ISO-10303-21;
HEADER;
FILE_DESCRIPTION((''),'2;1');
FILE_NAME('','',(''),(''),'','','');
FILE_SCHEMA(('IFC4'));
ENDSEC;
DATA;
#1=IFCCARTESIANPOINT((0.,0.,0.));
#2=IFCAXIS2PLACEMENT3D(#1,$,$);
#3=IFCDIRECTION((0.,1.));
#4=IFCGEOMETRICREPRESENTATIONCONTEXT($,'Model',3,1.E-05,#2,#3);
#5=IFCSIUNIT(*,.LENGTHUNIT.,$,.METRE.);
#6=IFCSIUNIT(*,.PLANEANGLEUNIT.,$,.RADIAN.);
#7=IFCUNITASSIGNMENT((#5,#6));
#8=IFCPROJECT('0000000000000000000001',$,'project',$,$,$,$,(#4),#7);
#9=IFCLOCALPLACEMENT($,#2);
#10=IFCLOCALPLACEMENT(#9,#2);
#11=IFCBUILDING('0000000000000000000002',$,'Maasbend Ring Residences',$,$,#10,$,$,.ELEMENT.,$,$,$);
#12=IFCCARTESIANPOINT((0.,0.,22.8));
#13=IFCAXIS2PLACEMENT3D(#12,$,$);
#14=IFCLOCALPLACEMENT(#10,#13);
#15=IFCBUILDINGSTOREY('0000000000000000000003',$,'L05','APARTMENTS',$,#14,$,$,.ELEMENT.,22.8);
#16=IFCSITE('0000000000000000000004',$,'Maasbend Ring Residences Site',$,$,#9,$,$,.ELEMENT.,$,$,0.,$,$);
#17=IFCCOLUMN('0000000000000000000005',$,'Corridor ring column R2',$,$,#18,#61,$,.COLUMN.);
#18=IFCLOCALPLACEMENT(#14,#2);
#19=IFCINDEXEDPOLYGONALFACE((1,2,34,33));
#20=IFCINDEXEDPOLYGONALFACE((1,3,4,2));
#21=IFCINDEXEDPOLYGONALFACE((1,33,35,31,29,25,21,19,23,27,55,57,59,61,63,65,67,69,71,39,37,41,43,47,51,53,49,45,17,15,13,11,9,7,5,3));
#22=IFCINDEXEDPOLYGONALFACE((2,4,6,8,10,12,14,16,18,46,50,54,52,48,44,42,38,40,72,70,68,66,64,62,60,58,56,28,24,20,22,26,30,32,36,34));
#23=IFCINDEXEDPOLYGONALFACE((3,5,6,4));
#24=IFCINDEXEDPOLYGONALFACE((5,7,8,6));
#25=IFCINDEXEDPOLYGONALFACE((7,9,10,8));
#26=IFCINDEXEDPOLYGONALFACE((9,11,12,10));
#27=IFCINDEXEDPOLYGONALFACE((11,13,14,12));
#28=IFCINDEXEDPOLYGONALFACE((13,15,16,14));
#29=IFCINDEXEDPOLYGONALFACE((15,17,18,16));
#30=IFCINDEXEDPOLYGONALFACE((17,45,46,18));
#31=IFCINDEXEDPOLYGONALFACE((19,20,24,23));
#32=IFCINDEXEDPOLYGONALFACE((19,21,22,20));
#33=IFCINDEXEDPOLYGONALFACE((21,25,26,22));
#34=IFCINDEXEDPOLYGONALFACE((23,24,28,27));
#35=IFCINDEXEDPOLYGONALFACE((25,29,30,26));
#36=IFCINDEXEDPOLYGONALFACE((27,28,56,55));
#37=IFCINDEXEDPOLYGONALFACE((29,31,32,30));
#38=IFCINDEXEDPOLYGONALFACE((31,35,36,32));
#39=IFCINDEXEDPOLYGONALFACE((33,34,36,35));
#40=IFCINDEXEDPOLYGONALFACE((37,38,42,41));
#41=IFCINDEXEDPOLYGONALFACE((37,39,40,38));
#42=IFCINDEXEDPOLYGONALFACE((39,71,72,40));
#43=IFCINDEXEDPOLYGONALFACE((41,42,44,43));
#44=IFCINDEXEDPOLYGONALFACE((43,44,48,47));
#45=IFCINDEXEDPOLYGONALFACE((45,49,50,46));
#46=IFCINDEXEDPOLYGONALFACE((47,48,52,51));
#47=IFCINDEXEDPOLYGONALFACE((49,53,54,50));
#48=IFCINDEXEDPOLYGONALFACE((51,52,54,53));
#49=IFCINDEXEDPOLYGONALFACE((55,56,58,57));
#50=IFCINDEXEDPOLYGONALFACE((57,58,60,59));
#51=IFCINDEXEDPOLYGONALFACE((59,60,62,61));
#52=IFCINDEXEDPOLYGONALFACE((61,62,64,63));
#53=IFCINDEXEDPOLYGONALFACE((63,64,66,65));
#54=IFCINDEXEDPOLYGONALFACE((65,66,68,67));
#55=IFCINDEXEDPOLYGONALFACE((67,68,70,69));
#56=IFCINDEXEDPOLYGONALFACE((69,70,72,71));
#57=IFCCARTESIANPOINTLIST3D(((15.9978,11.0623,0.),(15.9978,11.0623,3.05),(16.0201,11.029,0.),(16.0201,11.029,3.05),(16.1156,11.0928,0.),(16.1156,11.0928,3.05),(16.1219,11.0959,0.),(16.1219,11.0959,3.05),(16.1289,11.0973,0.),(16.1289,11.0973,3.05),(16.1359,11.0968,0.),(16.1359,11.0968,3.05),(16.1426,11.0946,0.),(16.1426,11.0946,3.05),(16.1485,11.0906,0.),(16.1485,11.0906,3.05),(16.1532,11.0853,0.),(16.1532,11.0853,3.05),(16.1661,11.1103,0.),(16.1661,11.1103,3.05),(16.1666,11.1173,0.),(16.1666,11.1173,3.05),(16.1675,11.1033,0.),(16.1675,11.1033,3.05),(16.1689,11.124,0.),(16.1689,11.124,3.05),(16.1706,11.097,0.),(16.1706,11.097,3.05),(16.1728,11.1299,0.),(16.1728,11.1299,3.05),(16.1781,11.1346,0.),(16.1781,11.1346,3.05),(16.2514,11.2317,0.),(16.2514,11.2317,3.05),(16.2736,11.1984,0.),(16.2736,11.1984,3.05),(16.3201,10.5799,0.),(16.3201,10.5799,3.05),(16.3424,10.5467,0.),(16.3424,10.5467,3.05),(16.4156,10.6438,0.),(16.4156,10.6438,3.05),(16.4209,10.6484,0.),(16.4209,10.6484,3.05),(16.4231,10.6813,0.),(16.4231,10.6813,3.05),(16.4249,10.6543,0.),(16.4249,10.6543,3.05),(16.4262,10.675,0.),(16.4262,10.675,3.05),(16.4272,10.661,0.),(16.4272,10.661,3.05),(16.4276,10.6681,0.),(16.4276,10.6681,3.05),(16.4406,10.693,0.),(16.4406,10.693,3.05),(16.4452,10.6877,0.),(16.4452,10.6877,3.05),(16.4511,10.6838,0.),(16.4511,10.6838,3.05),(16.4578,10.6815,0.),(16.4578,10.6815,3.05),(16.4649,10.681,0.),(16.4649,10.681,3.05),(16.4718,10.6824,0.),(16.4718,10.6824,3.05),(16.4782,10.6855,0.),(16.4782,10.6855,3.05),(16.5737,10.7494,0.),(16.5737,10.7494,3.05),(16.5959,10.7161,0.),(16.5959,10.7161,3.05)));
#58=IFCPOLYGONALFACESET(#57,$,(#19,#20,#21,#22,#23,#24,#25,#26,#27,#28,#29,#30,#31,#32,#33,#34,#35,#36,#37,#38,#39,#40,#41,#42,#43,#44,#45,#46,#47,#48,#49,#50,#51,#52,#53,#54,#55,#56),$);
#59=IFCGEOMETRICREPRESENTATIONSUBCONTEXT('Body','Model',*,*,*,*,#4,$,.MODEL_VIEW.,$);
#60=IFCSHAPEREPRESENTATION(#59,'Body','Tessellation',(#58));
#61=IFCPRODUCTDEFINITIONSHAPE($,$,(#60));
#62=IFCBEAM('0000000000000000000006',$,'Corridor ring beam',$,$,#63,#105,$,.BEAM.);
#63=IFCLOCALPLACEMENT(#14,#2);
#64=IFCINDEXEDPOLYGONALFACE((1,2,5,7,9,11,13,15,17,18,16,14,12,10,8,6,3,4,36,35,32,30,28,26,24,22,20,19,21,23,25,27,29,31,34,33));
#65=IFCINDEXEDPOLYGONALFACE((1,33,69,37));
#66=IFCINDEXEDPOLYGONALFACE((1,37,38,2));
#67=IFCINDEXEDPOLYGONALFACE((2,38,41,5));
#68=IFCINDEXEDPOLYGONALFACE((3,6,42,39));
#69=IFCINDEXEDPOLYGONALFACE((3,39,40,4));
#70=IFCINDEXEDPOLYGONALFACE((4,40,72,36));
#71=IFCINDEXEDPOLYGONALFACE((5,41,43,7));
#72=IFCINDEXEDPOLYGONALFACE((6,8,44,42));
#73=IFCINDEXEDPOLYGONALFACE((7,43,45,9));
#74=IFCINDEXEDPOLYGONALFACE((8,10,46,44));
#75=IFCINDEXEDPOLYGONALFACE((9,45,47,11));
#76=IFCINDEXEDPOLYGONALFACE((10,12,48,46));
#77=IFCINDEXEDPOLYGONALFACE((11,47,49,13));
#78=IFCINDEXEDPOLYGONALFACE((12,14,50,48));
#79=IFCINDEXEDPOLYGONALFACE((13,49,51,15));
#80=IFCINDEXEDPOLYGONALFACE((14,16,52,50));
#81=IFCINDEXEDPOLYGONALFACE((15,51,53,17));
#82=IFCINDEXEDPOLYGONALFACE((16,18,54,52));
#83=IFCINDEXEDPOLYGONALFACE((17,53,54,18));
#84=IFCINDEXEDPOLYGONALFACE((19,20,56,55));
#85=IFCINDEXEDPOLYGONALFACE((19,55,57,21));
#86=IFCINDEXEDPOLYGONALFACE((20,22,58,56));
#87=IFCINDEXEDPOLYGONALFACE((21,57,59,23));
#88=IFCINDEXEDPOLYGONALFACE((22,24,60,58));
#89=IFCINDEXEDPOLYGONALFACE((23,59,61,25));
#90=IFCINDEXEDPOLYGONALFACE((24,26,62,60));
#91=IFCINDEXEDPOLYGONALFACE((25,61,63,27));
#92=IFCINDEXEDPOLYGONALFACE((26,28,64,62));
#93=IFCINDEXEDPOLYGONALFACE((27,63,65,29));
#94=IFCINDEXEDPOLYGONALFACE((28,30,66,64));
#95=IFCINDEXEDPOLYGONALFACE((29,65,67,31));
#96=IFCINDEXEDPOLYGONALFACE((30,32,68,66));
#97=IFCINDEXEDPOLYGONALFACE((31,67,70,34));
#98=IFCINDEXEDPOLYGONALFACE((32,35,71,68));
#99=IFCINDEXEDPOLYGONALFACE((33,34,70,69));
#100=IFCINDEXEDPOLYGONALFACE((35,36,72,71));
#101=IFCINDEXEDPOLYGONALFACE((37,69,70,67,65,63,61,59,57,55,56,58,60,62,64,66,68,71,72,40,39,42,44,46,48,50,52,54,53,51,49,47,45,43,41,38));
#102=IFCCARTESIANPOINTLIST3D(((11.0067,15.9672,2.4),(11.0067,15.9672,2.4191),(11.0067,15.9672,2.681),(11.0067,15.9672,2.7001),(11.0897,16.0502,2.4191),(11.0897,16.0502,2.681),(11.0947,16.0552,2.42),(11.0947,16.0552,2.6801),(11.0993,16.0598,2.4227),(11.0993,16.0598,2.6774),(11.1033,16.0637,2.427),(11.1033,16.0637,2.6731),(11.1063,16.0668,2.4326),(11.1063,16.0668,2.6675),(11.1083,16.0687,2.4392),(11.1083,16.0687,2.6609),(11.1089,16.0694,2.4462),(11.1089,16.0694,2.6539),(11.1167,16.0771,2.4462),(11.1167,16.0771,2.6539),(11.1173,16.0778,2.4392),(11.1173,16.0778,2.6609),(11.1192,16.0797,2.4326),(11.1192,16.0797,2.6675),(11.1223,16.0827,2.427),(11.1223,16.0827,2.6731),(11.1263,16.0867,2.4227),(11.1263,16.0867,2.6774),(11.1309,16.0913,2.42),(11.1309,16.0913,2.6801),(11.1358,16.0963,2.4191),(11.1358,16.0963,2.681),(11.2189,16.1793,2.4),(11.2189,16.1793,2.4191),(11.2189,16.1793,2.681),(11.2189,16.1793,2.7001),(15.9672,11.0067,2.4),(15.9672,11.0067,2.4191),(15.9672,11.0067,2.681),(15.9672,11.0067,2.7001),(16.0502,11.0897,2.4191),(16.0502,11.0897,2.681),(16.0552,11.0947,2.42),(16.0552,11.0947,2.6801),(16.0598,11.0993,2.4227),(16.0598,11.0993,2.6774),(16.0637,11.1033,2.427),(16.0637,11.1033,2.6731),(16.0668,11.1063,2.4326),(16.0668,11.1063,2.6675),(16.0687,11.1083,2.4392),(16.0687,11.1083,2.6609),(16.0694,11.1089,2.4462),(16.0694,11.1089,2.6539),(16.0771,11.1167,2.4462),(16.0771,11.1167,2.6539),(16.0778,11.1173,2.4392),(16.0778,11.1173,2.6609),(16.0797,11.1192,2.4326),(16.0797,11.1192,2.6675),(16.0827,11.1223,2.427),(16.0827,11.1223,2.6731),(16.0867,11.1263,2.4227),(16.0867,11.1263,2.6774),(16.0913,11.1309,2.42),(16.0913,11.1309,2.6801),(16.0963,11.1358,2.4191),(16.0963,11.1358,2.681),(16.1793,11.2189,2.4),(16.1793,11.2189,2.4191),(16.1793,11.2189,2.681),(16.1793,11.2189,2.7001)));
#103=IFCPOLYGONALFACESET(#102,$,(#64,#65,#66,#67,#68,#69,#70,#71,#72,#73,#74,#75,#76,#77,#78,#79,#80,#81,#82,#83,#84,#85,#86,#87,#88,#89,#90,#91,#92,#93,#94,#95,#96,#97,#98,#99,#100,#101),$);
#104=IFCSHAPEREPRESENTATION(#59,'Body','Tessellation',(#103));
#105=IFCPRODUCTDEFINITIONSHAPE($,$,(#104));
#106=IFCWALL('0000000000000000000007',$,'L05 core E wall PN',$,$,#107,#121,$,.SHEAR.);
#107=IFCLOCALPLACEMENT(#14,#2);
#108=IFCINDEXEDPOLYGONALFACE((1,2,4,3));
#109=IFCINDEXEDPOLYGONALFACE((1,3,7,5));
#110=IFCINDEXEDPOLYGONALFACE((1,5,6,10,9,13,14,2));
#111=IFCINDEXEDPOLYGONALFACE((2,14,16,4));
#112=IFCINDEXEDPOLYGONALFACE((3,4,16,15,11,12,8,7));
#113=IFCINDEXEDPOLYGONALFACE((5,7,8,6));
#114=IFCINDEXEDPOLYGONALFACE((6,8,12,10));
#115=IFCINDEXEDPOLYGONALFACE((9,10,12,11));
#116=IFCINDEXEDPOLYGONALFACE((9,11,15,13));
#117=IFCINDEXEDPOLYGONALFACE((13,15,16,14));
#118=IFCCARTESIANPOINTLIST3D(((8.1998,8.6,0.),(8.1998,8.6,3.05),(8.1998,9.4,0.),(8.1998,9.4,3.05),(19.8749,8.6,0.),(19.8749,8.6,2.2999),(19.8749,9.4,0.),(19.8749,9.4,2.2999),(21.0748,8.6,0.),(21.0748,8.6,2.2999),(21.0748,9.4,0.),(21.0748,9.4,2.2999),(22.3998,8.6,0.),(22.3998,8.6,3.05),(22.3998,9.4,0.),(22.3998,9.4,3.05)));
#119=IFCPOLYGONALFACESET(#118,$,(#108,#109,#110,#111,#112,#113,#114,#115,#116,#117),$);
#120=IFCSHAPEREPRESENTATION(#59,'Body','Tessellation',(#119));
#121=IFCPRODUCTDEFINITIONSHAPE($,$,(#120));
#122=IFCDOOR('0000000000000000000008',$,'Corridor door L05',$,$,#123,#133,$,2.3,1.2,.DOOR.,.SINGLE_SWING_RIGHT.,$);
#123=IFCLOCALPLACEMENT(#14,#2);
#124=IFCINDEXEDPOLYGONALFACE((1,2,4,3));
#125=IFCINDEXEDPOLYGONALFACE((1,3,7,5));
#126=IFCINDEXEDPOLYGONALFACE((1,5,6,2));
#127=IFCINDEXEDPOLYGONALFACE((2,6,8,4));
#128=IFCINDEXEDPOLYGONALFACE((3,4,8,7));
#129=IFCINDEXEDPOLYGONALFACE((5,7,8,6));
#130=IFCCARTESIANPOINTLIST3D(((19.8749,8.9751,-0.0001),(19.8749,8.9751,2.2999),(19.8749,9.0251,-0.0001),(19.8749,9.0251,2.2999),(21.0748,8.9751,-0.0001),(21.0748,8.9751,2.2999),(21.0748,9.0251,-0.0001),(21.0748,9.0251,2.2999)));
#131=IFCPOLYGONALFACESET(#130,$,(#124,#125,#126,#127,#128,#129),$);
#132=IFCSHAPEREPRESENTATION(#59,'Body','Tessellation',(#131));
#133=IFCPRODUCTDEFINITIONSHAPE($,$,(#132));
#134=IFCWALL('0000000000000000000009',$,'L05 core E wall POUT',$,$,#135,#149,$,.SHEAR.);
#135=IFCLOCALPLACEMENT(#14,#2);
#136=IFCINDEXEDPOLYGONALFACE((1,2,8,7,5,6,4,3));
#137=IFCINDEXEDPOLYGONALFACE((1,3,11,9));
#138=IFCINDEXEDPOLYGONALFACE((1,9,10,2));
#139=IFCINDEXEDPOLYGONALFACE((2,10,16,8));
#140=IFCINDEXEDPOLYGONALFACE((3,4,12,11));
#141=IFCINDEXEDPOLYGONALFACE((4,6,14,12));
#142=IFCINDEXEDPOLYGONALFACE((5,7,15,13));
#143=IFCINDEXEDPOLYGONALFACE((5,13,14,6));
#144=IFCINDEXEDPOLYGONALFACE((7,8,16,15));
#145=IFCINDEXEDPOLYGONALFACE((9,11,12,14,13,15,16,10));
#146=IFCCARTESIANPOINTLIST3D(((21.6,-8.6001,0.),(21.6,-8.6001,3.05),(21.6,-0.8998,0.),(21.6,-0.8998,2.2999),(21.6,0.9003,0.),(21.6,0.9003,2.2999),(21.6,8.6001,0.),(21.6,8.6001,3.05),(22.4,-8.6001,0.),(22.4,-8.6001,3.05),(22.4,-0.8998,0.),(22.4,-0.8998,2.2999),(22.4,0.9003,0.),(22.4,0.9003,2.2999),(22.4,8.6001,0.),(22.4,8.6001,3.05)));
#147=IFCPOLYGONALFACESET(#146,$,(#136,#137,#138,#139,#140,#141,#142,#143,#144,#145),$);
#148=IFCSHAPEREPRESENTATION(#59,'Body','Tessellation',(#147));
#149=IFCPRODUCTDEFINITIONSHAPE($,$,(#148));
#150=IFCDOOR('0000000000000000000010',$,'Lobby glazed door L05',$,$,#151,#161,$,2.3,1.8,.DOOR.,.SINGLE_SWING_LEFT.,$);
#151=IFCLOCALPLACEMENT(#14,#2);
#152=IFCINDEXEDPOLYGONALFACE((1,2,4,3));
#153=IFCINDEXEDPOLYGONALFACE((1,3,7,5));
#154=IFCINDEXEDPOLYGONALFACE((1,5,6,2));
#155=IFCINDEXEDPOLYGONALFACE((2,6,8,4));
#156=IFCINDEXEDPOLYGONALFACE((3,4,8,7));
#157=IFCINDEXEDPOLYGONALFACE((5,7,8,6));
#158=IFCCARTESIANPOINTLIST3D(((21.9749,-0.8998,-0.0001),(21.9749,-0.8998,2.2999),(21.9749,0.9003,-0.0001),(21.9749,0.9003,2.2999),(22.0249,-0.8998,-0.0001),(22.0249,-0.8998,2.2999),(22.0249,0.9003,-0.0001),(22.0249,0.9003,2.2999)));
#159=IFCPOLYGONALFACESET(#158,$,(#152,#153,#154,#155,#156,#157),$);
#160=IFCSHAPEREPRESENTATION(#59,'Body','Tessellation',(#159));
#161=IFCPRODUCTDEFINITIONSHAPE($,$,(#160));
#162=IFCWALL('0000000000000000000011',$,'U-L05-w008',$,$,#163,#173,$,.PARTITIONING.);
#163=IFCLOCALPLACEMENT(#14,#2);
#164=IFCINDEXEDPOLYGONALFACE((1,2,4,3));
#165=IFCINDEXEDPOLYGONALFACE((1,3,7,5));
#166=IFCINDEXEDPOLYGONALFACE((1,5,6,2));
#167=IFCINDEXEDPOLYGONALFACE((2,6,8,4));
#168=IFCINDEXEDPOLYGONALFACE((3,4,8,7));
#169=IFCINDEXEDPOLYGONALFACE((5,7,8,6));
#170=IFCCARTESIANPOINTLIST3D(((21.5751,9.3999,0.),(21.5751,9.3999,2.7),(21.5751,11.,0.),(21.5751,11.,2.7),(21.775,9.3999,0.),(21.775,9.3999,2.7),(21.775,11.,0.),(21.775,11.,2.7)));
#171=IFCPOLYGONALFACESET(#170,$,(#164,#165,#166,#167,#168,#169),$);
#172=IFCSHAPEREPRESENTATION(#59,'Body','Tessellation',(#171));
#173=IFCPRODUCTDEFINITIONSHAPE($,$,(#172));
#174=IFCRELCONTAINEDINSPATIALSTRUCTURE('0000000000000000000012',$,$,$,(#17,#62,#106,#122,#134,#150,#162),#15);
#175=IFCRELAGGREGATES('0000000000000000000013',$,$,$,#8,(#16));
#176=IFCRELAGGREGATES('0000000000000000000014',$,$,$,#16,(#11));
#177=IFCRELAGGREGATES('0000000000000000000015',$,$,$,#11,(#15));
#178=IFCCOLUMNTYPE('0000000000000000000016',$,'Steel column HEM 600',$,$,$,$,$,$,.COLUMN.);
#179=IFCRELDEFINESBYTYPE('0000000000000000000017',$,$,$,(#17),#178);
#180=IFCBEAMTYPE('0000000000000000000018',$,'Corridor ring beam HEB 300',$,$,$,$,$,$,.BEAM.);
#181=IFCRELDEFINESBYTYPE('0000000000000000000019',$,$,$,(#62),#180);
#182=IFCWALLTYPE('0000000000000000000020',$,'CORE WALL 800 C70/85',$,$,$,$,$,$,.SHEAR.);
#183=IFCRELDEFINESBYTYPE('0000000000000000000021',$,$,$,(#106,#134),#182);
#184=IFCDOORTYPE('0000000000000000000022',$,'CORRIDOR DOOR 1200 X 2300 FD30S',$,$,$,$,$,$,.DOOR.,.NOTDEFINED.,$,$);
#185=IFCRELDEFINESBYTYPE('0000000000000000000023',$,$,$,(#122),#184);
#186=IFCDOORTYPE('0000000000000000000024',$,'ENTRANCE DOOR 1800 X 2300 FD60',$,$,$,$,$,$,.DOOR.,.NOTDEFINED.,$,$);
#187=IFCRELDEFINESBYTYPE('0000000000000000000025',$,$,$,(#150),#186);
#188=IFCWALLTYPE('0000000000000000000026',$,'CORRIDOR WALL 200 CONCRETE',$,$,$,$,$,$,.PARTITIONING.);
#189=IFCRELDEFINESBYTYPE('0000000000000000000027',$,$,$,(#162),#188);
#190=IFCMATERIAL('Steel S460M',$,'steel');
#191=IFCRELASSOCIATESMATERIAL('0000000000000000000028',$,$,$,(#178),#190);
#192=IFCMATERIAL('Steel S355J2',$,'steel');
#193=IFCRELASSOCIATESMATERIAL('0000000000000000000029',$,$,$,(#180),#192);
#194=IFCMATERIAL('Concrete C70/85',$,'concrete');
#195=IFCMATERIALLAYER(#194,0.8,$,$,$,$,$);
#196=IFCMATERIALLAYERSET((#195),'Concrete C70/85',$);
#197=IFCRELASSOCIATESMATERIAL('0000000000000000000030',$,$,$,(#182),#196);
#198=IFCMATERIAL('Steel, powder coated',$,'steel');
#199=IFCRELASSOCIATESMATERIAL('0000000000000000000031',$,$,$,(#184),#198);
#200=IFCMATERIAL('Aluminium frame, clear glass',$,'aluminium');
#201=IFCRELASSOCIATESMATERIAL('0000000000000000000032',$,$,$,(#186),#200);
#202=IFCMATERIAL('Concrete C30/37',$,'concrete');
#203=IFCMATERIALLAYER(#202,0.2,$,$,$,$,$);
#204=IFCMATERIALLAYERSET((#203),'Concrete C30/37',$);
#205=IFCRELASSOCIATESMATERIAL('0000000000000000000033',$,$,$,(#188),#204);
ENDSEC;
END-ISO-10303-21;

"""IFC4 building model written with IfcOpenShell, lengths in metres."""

from ifc_helpers import new_model, si_unit, direction, frame, frame_2d, origin, origin_2d, place, context, subcontext, project, spatial, rectangle, i_section, extrude, material, layer, layer_set, material_profile, profile_set, type_object, element, fill, save


model = new_model("IFC4")

# Units and contexts
model_context = context("Model", 3, precision=1e-05, world=origin(), true_north=direction((0.0, 1.0)))
body_context = subcontext(model_context, "Body", "Model", "MODEL_VIEW")
ifc_project = project(units=[si_unit("LENGTHUNIT", "METRE"), si_unit("PLANEANGLEUNIT", "RADIAN")], contexts=[model_context])

# Site, building, storey
site_placement = place(None, origin())
site = spatial("IfcSite", under=ifc_project, at=site_placement, Name="Maasbend Ring Residences Site", CompositionType="ELEMENT", RefElevation=0.0)
building_placement = place(site_placement, origin())
building = spatial("IfcBuilding", under=site, at=building_placement, Name="Maasbend Ring Residences", CompositionType="ELEMENT")
storey_placement = place(building_placement, frame((0.0, 0.0, 22.8)))
storey = spatial("IfcBuildingStorey", under=building, at=storey_placement, Name="L05", Description="APARTMENTS", CompositionType="ELEMENT", Elevation=22.8)

# Column
ifc_material_1 = material(Name="Steel S460M", Category="steel")
ifc_material_profile_1 = material_profile(ifc_material_1, i_section(OverallWidth=0.3049, OverallDepth=0.6201, WebThickness=0.021, FlangeThickness=0.04, FilletRadius=0.0271, at=origin_2d()), Name="HEM 600")
ifc_profile_set_1 = profile_set([ifc_material_profile_1], Name="Steel S460M")
column_type = type_object("IfcColumnType", Name="Steel column HEM 600", PredefinedType="COLUMN", material=ifc_profile_set_1)
column_placement = place(storey_placement, frame((16.2969, 10.8892, 0.0), z_axis=(0.0, 0.0, 1.0), x_axis=(0.83147, 0.55557, 0.0)))
element("IfcColumn", 1, at=column_placement, inside=storey, type_object=column_type, Name="Corridor ring column R2", PredefinedType="COLUMN", context=body_context, shape_type="SweptSolid", body=[
    extrude(i_section(OverallWidth=0.3049, OverallDepth=0.6201, WebThickness=0.021, FlangeThickness=0.04, FilletRadius=0.0271, at=origin_2d()), origin(), (0.0, 0.0, 1.0), 3.05),
])

# Beam
ifc_material_2 = material(Name="Steel S355J2", Category="steel")
ifc_material_profile_2 = material_profile(ifc_material_2, i_section(OverallWidth=0.3, OverallDepth=0.3, WebThickness=0.011, FlangeThickness=0.019, FilletRadius=0.0271, at=origin_2d()), Name="HEB 300")
ifc_profile_set_2 = profile_set([ifc_material_profile_2], Name="Steel S355J2")
beam_type = type_object("IfcBeamType", Name="Corridor ring beam HEB 300", PredefinedType="BEAM", material=ifc_profile_set_2)
beam_placement = place(storey_placement, frame((16.0732, 11.1128, 2.55), z_axis=(-0.707107, 0.707107, 0.0), x_axis=(-0.707107, -0.707107, 0.0)))
element("IfcBeam", 2, at=beam_placement, inside=storey, type_object=beam_type, Name="Corridor ring beam", PredefinedType="BEAM", context=body_context, shape_type="SweptSolid", body=[
    extrude(i_section(OverallWidth=0.3, OverallDepth=0.3, WebThickness=0.011, FlangeThickness=0.019, FilletRadius=0.0271, at=origin_2d()), origin(), (0.0, 0.0, 1.0), 7.0151),
])

# Walls, openings, doors
ifc_material_3 = material(Name="Concrete C70/85", Category="concrete")
ifc_layer_1 = layer(ifc_material_3, 0.8)
ifc_layer_set_1 = layer_set([ifc_layer_1], Name="Concrete C70/85")
wall_type_1 = type_object("IfcWallType", Name="CORE WALL 800 C70/85", PredefinedType="SHEAR", material=ifc_layer_set_1)
wall_1_placement = place(storey_placement, frame((22.3999, 9.0, 0.0), z_axis=(0.0, 0.0, 1.0), x_axis=(-1.0, 0.0, 0.0)))
wall_1 = element("IfcWall", 3, at=wall_1_placement, inside=storey, type_object=wall_type_1, Name="L05 core E wall PN", PredefinedType="SHEAR", context=body_context, shape_type="SweptSolid", body=[
    extrude(rectangle(XDim=14.2, YDim=0.8, at=frame_2d((7.1001, 0.0))), origin(), (0.0, 0.0, 1.0), 3.05),
])
opening_1_placement = place(wall_1_placement, frame((1.325, 0.0, 0.0)))
opening_1 = element("IfcOpeningElement", 4, at=opening_1_placement, cuts=wall_1, PredefinedType="OPENING", context=body_context, shape_type="SweptSolid", body=[
    extrude(rectangle(XDim=1.2, YDim=2.3, at=frame_2d((0.6001, 1.1499))), frame((0.0, 0.4102, 0.0), z_axis=(0.0, -1.0, 0.0), x_axis=(1.0, 0.0, 0.0)), (0.0, 0.0, 1.0), 0.8201),
])
ifc_material_4 = material(Name="Steel, powder coated", Category="steel")
door_type_1 = type_object("IfcDoorType", Name="CORRIDOR DOOR 1200 X 2300 FD30S", OperationType="NOTDEFINED", PredefinedType="DOOR", material=ifc_material_4)
door_1_placement = place(opening_1_placement, origin())
door_1 = element("IfcDoor", 5, at=door_1_placement, inside=storey, type_object=door_type_1, Name="Corridor door L05", OperationType="SINGLE_SWING_RIGHT", OverallHeight=2.3, OverallWidth=1.2, PredefinedType="DOOR", context=body_context, shape_type="SweptSolid", body=[
    extrude(rectangle(XDim=1.2, YDim=2.3, at=frame_2d((0.6001, 1.1499))), frame((0.0, 0.0249, 0.0), z_axis=(0.0, -1.0, 0.0), x_axis=(1.0, 0.0, 0.0)), (0.0, 0.0, 1.0), 0.05),
])
fill(opening_1, door_1)
wall_2_placement = place(storey_placement, frame((22.0, 8.6001, 0.0), z_axis=(0.0, 0.0, 1.0), x_axis=(0.0, -1.0, 0.0)))
wall_2 = element("IfcWall", 6, at=wall_2_placement, inside=storey, type_object=wall_type_1, Name="L05 core E wall POUT", PredefinedType="SHEAR", context=body_context, shape_type="SweptSolid", body=[
    extrude(rectangle(XDim=17.2002, YDim=0.8, at=frame_2d((8.6001, 0.0))), origin(), (0.0, 0.0, 1.0), 3.05),
])
opening_2_placement = place(wall_2_placement, frame((7.7, 0.0, 0.0)))
opening_2 = element("IfcOpeningElement", 7, at=opening_2_placement, cuts=wall_2, PredefinedType="OPENING", context=body_context, shape_type="SweptSolid", body=[
    extrude(rectangle(XDim=1.8, YDim=2.3, at=frame_2d((0.8999, 1.1499))), frame((0.0, 0.4102, 0.0), z_axis=(0.0, -1.0, 0.0), x_axis=(1.0, 0.0, 0.0)), (0.0, 0.0, 1.0), 0.8201),
])
ifc_material_5 = material(Name="Aluminium frame, clear glass", Category="aluminium")
door_type_2 = type_object("IfcDoorType", Name="ENTRANCE DOOR 1800 X 2300 FD60", OperationType="NOTDEFINED", PredefinedType="DOOR", material=ifc_material_5)
door_2_placement = place(opening_2_placement, origin())
door_2 = element("IfcDoor", 8, at=door_2_placement, inside=storey, type_object=door_type_2, Name="Lobby glazed door L05", OperationType="SINGLE_SWING_LEFT", OverallHeight=2.3, OverallWidth=1.8, PredefinedType="DOOR", context=body_context, shape_type="SweptSolid", body=[
    extrude(rectangle(XDim=1.8, YDim=2.3, at=frame_2d((0.8999, 1.1499))), frame((0.0, 0.0249, 0.0), z_axis=(0.0, -1.0, 0.0), x_axis=(1.0, 0.0, 0.0)), (0.0, 0.0, 1.0), 0.05),
])
fill(opening_2, door_2)

# Wall
ifc_material_6 = material(Name="Concrete C30/37", Category="concrete")
ifc_layer_2 = layer(ifc_material_6, 0.2)
ifc_layer_set_2 = layer_set([ifc_layer_2], Name="Concrete C30/37")
wall_type_2 = type_object("IfcWallType", Name="CORRIDOR WALL 200 CONCRETE", PredefinedType="PARTITIONING", material=ifc_layer_set_2)
wall_3_placement = place(storey_placement, frame((21.675, 9.3999, 0.0), z_axis=(0.0, 0.0, 1.0), x_axis=(0.0, 1.0, 0.0)))
element("IfcWall", 9, at=wall_3_placement, inside=storey, type_object=wall_type_2, Name="U-L05-w008", PredefinedType="PARTITIONING", context=body_context, shape_type="SweptSolid", body=[
    extrude(rectangle(XDim=1.6001, YDim=0.2, at=frame_2d((0.8, 0.0))), origin(), (0.0, 0.0, 1.0), 2.7),
])

save(model, "model.ifc")
